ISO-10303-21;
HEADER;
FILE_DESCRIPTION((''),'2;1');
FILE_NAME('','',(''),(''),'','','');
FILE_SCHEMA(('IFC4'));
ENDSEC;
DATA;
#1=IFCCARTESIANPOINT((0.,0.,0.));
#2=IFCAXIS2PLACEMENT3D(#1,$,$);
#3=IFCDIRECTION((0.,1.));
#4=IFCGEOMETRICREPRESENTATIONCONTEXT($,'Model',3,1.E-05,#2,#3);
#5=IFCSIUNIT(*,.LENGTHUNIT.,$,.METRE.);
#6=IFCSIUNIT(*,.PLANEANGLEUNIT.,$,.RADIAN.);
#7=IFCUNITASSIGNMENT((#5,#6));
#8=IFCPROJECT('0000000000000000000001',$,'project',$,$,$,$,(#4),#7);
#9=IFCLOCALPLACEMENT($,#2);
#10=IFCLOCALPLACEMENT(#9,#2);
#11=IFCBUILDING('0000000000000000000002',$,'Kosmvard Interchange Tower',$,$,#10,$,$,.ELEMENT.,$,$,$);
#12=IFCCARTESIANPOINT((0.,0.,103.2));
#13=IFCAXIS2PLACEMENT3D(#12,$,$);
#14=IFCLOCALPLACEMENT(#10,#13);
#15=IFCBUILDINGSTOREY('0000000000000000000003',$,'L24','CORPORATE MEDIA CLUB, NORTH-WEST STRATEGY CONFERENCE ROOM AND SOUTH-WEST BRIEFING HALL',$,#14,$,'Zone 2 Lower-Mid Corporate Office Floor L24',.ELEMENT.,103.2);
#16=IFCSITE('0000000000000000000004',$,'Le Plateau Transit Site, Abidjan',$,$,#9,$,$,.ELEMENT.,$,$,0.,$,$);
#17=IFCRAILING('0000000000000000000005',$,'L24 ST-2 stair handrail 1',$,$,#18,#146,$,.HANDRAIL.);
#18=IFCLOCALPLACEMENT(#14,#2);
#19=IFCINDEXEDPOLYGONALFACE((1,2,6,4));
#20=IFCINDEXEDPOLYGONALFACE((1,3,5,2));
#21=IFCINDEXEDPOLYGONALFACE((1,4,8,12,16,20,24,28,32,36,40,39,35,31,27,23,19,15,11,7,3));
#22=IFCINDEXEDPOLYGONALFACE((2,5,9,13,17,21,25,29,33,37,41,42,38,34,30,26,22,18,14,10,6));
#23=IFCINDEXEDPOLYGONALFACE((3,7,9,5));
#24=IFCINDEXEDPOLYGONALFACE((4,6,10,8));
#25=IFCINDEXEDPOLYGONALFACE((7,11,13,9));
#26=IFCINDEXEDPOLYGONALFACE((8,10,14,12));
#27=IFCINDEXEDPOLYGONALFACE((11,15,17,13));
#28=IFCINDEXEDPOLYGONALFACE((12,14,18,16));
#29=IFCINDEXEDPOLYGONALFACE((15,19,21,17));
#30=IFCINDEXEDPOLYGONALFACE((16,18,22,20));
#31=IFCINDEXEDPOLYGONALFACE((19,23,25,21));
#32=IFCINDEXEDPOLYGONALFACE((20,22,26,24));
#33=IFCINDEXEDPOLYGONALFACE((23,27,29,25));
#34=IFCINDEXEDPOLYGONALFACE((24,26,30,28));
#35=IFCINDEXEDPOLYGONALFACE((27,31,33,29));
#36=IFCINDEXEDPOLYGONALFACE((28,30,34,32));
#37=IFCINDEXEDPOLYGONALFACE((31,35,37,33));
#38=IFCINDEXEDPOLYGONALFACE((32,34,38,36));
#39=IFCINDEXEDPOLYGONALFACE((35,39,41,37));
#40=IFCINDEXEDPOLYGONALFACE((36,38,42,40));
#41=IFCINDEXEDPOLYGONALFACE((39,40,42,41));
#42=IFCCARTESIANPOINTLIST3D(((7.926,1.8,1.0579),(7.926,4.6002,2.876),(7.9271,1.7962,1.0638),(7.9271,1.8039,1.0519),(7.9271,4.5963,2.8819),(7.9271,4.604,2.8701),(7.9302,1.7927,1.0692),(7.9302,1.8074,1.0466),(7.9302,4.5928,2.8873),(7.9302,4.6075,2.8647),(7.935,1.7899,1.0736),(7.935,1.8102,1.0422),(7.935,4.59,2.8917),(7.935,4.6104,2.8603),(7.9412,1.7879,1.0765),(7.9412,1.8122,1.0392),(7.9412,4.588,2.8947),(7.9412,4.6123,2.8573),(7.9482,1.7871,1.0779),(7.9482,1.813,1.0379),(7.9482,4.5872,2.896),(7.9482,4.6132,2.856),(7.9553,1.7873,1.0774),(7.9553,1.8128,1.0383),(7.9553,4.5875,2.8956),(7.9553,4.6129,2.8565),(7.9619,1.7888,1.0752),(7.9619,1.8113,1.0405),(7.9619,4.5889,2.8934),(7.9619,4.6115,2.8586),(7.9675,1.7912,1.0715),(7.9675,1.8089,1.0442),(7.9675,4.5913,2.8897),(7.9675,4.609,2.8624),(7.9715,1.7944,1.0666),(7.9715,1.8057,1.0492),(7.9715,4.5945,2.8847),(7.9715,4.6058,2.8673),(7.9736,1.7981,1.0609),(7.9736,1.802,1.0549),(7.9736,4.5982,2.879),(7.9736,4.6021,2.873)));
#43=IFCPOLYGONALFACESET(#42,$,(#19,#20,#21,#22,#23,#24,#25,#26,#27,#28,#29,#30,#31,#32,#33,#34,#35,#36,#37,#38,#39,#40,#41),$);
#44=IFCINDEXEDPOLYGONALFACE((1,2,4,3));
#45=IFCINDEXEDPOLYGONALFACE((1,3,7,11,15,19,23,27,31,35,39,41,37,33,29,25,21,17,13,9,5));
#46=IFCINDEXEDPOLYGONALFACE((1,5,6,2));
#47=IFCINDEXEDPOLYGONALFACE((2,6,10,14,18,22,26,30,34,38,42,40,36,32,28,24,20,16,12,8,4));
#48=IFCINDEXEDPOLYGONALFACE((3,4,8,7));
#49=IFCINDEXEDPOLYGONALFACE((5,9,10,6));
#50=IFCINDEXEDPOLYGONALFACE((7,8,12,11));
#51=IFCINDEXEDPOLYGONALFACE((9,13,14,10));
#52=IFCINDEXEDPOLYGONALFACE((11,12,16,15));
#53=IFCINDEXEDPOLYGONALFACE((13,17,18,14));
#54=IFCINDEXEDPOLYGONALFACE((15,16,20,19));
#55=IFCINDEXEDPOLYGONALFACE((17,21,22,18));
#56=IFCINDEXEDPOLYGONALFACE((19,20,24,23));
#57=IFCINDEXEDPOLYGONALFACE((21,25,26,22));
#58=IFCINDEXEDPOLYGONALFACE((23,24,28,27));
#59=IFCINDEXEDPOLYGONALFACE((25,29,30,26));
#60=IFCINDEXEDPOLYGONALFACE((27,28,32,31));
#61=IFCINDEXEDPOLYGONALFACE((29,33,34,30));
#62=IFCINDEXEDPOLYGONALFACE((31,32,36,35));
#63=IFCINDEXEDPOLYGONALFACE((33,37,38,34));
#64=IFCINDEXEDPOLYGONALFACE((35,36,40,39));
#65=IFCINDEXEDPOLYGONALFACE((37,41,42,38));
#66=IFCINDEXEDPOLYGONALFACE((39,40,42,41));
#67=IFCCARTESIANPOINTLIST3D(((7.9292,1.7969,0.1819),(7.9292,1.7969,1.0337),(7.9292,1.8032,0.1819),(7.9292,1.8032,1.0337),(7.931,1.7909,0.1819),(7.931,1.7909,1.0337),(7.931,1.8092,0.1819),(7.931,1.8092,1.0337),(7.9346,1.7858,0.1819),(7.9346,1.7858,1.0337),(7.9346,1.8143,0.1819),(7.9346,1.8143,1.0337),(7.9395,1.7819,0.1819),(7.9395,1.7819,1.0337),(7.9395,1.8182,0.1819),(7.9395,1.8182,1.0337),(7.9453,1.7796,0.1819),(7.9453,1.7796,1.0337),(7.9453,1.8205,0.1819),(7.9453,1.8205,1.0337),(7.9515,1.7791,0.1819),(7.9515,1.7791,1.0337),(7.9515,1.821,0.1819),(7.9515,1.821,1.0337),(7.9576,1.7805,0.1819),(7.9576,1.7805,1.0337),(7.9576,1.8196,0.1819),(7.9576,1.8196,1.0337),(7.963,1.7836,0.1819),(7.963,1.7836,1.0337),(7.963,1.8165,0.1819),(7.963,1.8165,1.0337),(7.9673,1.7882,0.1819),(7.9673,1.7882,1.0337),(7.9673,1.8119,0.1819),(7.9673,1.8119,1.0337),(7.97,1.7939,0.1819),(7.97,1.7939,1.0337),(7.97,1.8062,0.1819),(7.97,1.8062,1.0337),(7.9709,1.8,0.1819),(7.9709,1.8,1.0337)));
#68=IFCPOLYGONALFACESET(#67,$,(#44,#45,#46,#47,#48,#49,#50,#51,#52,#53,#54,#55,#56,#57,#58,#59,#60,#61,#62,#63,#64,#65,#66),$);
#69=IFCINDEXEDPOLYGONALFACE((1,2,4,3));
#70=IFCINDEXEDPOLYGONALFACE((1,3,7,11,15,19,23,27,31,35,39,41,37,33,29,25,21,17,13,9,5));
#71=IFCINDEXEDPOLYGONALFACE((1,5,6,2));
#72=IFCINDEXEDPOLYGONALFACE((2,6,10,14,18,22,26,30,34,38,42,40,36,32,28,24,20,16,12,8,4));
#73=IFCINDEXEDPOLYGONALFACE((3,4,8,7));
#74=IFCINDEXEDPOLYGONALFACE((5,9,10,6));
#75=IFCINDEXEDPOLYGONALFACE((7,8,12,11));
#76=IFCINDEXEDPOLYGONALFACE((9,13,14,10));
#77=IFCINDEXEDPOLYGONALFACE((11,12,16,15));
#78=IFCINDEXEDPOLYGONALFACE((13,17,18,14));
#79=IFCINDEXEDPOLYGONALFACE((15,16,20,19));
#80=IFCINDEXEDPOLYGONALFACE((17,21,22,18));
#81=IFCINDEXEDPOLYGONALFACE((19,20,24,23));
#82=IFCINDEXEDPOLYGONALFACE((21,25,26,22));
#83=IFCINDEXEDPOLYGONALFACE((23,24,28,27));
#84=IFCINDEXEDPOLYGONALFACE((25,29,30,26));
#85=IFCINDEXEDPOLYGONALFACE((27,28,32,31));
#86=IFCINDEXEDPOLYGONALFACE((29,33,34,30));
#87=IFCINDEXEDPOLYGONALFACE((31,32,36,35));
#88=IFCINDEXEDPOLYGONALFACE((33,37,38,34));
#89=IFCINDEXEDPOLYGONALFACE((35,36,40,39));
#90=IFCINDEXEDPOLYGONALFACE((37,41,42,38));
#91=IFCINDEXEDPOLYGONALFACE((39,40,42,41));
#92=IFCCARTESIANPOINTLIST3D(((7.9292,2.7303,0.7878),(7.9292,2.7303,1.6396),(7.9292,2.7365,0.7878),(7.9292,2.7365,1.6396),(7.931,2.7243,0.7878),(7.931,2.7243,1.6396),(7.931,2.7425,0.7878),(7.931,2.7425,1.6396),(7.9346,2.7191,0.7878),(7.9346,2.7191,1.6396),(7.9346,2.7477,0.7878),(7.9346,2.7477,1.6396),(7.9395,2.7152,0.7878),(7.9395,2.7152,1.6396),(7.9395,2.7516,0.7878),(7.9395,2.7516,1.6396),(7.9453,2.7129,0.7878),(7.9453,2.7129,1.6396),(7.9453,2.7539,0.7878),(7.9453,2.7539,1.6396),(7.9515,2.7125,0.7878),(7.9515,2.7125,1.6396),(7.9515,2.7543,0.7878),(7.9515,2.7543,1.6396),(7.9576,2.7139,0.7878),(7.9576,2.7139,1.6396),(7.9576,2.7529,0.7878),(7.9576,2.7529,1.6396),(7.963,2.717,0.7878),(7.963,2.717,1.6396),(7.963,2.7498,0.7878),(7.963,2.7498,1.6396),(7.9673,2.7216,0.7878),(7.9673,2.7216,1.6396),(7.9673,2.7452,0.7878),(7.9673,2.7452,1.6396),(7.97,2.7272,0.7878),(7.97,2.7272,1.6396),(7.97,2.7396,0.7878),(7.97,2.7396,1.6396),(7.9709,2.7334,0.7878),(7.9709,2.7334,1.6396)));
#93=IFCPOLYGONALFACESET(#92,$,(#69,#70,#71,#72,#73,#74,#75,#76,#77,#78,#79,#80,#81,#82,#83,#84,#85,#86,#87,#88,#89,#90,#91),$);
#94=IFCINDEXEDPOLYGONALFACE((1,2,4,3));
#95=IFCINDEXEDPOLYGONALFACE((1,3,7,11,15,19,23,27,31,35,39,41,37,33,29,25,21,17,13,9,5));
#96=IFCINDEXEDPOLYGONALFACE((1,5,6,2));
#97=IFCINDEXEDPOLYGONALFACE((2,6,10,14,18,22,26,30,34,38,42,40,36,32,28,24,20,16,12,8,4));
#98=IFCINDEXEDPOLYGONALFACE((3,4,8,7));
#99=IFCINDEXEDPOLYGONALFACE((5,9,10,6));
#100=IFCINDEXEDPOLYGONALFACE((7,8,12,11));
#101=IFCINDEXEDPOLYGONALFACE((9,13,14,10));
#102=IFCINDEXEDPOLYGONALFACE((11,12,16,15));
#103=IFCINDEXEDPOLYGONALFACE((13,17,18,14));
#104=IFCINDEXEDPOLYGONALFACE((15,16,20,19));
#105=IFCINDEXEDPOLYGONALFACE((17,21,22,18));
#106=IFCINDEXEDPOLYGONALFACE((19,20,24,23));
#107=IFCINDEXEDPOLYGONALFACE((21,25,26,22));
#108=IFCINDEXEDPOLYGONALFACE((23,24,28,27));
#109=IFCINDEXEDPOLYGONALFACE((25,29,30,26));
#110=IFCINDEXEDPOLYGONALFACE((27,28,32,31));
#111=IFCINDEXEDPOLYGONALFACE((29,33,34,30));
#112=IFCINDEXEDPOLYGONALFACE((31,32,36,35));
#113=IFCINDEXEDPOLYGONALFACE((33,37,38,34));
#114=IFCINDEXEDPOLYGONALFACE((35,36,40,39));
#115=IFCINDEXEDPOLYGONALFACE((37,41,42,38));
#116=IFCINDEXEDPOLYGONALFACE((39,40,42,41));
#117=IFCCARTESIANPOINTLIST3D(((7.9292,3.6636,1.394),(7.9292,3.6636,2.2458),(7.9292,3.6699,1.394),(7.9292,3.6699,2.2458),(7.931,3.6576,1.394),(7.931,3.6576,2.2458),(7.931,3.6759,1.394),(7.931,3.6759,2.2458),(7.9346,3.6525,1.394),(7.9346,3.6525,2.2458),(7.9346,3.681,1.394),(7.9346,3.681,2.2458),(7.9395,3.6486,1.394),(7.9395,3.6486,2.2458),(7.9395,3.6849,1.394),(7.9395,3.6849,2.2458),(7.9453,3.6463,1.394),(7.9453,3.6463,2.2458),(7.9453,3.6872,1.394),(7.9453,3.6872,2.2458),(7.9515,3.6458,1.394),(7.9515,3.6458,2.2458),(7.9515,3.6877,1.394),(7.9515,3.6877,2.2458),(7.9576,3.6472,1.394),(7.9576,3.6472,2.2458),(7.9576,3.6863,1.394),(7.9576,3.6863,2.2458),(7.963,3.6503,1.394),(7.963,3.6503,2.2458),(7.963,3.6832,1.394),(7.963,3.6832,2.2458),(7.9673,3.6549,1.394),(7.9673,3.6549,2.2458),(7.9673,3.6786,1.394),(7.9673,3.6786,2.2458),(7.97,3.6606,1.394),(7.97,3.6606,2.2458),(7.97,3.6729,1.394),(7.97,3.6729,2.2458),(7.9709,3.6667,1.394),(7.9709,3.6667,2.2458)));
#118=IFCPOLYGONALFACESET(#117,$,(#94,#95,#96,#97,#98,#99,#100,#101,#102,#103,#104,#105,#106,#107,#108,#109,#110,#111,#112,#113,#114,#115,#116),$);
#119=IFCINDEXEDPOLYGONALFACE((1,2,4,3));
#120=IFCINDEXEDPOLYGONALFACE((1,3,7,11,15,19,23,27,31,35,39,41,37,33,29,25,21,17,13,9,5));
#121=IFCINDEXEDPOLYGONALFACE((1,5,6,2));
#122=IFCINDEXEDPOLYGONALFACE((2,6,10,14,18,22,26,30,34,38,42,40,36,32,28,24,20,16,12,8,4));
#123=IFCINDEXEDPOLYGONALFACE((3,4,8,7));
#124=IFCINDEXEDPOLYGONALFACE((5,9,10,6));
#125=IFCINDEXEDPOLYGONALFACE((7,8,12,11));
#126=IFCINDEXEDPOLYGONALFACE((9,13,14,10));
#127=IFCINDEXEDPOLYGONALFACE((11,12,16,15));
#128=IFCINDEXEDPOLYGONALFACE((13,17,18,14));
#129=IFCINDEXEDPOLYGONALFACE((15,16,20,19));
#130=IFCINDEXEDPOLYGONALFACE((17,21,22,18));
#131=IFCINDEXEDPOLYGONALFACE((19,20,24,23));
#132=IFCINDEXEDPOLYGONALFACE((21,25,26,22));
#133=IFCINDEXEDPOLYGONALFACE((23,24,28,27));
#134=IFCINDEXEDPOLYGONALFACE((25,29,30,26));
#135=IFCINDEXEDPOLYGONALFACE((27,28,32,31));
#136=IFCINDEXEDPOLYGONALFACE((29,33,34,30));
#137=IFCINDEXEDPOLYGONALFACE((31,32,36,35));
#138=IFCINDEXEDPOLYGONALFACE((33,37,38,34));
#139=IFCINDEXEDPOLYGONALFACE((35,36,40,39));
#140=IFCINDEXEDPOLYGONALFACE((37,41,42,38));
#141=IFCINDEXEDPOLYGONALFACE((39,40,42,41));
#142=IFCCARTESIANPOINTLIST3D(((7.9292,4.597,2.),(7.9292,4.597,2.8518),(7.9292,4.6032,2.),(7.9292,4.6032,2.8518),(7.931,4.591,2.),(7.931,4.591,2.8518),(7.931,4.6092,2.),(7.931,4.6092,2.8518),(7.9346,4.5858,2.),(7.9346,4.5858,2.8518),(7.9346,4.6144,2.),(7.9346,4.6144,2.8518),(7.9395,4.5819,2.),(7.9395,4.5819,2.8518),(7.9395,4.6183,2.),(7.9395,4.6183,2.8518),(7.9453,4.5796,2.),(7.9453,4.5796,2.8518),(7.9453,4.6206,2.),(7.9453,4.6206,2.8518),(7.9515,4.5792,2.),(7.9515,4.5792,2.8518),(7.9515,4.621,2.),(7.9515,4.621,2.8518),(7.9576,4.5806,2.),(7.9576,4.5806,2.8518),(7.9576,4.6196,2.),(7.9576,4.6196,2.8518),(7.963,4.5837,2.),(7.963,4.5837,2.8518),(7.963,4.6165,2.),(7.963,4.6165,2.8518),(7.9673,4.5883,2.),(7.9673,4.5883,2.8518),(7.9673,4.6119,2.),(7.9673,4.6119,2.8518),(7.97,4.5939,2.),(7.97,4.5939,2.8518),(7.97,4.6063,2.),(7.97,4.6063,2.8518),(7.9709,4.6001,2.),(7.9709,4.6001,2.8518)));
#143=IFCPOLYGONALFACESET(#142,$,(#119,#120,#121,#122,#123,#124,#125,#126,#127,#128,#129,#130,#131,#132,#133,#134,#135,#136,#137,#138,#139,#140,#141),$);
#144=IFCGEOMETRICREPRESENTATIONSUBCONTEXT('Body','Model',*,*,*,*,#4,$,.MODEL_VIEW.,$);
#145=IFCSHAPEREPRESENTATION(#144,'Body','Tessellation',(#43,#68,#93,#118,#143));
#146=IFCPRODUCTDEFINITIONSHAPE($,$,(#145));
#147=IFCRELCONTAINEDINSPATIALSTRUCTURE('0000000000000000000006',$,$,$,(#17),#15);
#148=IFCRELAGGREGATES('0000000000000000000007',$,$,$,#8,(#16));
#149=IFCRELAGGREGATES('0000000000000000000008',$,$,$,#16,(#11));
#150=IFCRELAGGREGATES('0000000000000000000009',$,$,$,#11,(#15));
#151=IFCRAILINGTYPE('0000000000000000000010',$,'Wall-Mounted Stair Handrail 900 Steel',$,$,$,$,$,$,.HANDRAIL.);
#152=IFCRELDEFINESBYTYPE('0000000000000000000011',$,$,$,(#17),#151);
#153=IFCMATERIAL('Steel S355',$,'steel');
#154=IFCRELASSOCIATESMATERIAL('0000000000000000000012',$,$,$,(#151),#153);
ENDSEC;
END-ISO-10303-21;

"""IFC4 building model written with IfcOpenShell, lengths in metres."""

from ifc_helpers import new_model, si_unit, direction, frame, origin, origin_2d, place, context, subcontext, project, spatial, circle, extrude, source, transform, mapped, material, type_object, element, save


model = new_model("IFC4")

# Units and contexts
model_context = context("Model", 3, precision=1e-05, world=origin(), true_north=direction((0.0, 1.0)))
body_context = subcontext(model_context, "Body", "Model", "MODEL_VIEW")
ifc_project = project(units=[si_unit("LENGTHUNIT", "METRE"), si_unit("PLANEANGLEUNIT", "RADIAN")], contexts=[model_context])

# Site, building, storey
site_placement = place(None, origin())
site = spatial("IfcSite", under=ifc_project, at=site_placement, Name="Le Plateau Transit Site, Abidjan", CompositionType="ELEMENT", RefElevation=0.0)
building_placement = place(site_placement, origin())
building = spatial("IfcBuilding", under=site, at=building_placement, Name="Kosmvard Interchange Tower", CompositionType="ELEMENT")
storey_placement = place(building_placement, frame((0.0, 0.0, 103.2)))
storey = spatial("IfcBuildingStorey", under=building, at=storey_placement, Name="L24", Description="CORPORATE MEDIA CLUB, NORTH-WEST STRATEGY CONFERENCE ROOM AND SOUTH-WEST BRIEFING HALL", LongName="Zone 2 Lower-Mid Corporate Office Floor L24", CompositionType="ELEMENT", Elevation=103.2)

# Shared definitions
ifc_material_1 = material(Name="Steel S355", Category="steel")

# Railing
railing_type_1 = type_object("IfcRailingType", Name="Wall-Mounted Stair Handrail 900 Steel", PredefinedType="HANDRAIL", material=ifc_material_1)
shared_shape_1 = source(origin(), body_context, "Body", "SweptSolid", [
    extrude(circle(Radius=0.0239, at=origin_2d()), frame((0.0, 0.0, 0.876), z_axis=(0.0, 0.838706, 0.544585), x_axis=(-1.0, 0.0, 0.0)), (0.0, 0.0, 1.0), 3.3386),
    extrude(circle(Radius=0.021, at=origin_2d()), origin(), (0.0, 0.0, 1.0), 0.8518),
    extrude(circle(Radius=0.021, at=origin_2d()), frame((0.0, 0.9333, 0.606)), (0.0, 0.0, 1.0), 0.8518),
    extrude(circle(Radius=0.021, at=origin_2d()), frame((0.0, 1.8667, 1.2122)), (0.0, 0.0, 1.0), 0.8518),
    extrude(circle(Radius=0.021, at=origin_2d()), frame((0.0, 2.8, 1.8181)), (0.0, 0.0, 1.0), 0.8518),
])
railing_1_placement = place(storey_placement, frame((7.95, 1.8, 0.1819)))
element("IfcRailing", 1, at=railing_1_placement, inside=storey, type_object=railing_type_1, Name="L24 ST-2 stair handrail 1", PredefinedType="HANDRAIL", context=body_context, shape_type="MappedRepresentation", body=[
    mapped(shared_shape_1, transform((0.0, 0.0, 0.0), scale=1.0)),
])

save(model, "model.ifc")
